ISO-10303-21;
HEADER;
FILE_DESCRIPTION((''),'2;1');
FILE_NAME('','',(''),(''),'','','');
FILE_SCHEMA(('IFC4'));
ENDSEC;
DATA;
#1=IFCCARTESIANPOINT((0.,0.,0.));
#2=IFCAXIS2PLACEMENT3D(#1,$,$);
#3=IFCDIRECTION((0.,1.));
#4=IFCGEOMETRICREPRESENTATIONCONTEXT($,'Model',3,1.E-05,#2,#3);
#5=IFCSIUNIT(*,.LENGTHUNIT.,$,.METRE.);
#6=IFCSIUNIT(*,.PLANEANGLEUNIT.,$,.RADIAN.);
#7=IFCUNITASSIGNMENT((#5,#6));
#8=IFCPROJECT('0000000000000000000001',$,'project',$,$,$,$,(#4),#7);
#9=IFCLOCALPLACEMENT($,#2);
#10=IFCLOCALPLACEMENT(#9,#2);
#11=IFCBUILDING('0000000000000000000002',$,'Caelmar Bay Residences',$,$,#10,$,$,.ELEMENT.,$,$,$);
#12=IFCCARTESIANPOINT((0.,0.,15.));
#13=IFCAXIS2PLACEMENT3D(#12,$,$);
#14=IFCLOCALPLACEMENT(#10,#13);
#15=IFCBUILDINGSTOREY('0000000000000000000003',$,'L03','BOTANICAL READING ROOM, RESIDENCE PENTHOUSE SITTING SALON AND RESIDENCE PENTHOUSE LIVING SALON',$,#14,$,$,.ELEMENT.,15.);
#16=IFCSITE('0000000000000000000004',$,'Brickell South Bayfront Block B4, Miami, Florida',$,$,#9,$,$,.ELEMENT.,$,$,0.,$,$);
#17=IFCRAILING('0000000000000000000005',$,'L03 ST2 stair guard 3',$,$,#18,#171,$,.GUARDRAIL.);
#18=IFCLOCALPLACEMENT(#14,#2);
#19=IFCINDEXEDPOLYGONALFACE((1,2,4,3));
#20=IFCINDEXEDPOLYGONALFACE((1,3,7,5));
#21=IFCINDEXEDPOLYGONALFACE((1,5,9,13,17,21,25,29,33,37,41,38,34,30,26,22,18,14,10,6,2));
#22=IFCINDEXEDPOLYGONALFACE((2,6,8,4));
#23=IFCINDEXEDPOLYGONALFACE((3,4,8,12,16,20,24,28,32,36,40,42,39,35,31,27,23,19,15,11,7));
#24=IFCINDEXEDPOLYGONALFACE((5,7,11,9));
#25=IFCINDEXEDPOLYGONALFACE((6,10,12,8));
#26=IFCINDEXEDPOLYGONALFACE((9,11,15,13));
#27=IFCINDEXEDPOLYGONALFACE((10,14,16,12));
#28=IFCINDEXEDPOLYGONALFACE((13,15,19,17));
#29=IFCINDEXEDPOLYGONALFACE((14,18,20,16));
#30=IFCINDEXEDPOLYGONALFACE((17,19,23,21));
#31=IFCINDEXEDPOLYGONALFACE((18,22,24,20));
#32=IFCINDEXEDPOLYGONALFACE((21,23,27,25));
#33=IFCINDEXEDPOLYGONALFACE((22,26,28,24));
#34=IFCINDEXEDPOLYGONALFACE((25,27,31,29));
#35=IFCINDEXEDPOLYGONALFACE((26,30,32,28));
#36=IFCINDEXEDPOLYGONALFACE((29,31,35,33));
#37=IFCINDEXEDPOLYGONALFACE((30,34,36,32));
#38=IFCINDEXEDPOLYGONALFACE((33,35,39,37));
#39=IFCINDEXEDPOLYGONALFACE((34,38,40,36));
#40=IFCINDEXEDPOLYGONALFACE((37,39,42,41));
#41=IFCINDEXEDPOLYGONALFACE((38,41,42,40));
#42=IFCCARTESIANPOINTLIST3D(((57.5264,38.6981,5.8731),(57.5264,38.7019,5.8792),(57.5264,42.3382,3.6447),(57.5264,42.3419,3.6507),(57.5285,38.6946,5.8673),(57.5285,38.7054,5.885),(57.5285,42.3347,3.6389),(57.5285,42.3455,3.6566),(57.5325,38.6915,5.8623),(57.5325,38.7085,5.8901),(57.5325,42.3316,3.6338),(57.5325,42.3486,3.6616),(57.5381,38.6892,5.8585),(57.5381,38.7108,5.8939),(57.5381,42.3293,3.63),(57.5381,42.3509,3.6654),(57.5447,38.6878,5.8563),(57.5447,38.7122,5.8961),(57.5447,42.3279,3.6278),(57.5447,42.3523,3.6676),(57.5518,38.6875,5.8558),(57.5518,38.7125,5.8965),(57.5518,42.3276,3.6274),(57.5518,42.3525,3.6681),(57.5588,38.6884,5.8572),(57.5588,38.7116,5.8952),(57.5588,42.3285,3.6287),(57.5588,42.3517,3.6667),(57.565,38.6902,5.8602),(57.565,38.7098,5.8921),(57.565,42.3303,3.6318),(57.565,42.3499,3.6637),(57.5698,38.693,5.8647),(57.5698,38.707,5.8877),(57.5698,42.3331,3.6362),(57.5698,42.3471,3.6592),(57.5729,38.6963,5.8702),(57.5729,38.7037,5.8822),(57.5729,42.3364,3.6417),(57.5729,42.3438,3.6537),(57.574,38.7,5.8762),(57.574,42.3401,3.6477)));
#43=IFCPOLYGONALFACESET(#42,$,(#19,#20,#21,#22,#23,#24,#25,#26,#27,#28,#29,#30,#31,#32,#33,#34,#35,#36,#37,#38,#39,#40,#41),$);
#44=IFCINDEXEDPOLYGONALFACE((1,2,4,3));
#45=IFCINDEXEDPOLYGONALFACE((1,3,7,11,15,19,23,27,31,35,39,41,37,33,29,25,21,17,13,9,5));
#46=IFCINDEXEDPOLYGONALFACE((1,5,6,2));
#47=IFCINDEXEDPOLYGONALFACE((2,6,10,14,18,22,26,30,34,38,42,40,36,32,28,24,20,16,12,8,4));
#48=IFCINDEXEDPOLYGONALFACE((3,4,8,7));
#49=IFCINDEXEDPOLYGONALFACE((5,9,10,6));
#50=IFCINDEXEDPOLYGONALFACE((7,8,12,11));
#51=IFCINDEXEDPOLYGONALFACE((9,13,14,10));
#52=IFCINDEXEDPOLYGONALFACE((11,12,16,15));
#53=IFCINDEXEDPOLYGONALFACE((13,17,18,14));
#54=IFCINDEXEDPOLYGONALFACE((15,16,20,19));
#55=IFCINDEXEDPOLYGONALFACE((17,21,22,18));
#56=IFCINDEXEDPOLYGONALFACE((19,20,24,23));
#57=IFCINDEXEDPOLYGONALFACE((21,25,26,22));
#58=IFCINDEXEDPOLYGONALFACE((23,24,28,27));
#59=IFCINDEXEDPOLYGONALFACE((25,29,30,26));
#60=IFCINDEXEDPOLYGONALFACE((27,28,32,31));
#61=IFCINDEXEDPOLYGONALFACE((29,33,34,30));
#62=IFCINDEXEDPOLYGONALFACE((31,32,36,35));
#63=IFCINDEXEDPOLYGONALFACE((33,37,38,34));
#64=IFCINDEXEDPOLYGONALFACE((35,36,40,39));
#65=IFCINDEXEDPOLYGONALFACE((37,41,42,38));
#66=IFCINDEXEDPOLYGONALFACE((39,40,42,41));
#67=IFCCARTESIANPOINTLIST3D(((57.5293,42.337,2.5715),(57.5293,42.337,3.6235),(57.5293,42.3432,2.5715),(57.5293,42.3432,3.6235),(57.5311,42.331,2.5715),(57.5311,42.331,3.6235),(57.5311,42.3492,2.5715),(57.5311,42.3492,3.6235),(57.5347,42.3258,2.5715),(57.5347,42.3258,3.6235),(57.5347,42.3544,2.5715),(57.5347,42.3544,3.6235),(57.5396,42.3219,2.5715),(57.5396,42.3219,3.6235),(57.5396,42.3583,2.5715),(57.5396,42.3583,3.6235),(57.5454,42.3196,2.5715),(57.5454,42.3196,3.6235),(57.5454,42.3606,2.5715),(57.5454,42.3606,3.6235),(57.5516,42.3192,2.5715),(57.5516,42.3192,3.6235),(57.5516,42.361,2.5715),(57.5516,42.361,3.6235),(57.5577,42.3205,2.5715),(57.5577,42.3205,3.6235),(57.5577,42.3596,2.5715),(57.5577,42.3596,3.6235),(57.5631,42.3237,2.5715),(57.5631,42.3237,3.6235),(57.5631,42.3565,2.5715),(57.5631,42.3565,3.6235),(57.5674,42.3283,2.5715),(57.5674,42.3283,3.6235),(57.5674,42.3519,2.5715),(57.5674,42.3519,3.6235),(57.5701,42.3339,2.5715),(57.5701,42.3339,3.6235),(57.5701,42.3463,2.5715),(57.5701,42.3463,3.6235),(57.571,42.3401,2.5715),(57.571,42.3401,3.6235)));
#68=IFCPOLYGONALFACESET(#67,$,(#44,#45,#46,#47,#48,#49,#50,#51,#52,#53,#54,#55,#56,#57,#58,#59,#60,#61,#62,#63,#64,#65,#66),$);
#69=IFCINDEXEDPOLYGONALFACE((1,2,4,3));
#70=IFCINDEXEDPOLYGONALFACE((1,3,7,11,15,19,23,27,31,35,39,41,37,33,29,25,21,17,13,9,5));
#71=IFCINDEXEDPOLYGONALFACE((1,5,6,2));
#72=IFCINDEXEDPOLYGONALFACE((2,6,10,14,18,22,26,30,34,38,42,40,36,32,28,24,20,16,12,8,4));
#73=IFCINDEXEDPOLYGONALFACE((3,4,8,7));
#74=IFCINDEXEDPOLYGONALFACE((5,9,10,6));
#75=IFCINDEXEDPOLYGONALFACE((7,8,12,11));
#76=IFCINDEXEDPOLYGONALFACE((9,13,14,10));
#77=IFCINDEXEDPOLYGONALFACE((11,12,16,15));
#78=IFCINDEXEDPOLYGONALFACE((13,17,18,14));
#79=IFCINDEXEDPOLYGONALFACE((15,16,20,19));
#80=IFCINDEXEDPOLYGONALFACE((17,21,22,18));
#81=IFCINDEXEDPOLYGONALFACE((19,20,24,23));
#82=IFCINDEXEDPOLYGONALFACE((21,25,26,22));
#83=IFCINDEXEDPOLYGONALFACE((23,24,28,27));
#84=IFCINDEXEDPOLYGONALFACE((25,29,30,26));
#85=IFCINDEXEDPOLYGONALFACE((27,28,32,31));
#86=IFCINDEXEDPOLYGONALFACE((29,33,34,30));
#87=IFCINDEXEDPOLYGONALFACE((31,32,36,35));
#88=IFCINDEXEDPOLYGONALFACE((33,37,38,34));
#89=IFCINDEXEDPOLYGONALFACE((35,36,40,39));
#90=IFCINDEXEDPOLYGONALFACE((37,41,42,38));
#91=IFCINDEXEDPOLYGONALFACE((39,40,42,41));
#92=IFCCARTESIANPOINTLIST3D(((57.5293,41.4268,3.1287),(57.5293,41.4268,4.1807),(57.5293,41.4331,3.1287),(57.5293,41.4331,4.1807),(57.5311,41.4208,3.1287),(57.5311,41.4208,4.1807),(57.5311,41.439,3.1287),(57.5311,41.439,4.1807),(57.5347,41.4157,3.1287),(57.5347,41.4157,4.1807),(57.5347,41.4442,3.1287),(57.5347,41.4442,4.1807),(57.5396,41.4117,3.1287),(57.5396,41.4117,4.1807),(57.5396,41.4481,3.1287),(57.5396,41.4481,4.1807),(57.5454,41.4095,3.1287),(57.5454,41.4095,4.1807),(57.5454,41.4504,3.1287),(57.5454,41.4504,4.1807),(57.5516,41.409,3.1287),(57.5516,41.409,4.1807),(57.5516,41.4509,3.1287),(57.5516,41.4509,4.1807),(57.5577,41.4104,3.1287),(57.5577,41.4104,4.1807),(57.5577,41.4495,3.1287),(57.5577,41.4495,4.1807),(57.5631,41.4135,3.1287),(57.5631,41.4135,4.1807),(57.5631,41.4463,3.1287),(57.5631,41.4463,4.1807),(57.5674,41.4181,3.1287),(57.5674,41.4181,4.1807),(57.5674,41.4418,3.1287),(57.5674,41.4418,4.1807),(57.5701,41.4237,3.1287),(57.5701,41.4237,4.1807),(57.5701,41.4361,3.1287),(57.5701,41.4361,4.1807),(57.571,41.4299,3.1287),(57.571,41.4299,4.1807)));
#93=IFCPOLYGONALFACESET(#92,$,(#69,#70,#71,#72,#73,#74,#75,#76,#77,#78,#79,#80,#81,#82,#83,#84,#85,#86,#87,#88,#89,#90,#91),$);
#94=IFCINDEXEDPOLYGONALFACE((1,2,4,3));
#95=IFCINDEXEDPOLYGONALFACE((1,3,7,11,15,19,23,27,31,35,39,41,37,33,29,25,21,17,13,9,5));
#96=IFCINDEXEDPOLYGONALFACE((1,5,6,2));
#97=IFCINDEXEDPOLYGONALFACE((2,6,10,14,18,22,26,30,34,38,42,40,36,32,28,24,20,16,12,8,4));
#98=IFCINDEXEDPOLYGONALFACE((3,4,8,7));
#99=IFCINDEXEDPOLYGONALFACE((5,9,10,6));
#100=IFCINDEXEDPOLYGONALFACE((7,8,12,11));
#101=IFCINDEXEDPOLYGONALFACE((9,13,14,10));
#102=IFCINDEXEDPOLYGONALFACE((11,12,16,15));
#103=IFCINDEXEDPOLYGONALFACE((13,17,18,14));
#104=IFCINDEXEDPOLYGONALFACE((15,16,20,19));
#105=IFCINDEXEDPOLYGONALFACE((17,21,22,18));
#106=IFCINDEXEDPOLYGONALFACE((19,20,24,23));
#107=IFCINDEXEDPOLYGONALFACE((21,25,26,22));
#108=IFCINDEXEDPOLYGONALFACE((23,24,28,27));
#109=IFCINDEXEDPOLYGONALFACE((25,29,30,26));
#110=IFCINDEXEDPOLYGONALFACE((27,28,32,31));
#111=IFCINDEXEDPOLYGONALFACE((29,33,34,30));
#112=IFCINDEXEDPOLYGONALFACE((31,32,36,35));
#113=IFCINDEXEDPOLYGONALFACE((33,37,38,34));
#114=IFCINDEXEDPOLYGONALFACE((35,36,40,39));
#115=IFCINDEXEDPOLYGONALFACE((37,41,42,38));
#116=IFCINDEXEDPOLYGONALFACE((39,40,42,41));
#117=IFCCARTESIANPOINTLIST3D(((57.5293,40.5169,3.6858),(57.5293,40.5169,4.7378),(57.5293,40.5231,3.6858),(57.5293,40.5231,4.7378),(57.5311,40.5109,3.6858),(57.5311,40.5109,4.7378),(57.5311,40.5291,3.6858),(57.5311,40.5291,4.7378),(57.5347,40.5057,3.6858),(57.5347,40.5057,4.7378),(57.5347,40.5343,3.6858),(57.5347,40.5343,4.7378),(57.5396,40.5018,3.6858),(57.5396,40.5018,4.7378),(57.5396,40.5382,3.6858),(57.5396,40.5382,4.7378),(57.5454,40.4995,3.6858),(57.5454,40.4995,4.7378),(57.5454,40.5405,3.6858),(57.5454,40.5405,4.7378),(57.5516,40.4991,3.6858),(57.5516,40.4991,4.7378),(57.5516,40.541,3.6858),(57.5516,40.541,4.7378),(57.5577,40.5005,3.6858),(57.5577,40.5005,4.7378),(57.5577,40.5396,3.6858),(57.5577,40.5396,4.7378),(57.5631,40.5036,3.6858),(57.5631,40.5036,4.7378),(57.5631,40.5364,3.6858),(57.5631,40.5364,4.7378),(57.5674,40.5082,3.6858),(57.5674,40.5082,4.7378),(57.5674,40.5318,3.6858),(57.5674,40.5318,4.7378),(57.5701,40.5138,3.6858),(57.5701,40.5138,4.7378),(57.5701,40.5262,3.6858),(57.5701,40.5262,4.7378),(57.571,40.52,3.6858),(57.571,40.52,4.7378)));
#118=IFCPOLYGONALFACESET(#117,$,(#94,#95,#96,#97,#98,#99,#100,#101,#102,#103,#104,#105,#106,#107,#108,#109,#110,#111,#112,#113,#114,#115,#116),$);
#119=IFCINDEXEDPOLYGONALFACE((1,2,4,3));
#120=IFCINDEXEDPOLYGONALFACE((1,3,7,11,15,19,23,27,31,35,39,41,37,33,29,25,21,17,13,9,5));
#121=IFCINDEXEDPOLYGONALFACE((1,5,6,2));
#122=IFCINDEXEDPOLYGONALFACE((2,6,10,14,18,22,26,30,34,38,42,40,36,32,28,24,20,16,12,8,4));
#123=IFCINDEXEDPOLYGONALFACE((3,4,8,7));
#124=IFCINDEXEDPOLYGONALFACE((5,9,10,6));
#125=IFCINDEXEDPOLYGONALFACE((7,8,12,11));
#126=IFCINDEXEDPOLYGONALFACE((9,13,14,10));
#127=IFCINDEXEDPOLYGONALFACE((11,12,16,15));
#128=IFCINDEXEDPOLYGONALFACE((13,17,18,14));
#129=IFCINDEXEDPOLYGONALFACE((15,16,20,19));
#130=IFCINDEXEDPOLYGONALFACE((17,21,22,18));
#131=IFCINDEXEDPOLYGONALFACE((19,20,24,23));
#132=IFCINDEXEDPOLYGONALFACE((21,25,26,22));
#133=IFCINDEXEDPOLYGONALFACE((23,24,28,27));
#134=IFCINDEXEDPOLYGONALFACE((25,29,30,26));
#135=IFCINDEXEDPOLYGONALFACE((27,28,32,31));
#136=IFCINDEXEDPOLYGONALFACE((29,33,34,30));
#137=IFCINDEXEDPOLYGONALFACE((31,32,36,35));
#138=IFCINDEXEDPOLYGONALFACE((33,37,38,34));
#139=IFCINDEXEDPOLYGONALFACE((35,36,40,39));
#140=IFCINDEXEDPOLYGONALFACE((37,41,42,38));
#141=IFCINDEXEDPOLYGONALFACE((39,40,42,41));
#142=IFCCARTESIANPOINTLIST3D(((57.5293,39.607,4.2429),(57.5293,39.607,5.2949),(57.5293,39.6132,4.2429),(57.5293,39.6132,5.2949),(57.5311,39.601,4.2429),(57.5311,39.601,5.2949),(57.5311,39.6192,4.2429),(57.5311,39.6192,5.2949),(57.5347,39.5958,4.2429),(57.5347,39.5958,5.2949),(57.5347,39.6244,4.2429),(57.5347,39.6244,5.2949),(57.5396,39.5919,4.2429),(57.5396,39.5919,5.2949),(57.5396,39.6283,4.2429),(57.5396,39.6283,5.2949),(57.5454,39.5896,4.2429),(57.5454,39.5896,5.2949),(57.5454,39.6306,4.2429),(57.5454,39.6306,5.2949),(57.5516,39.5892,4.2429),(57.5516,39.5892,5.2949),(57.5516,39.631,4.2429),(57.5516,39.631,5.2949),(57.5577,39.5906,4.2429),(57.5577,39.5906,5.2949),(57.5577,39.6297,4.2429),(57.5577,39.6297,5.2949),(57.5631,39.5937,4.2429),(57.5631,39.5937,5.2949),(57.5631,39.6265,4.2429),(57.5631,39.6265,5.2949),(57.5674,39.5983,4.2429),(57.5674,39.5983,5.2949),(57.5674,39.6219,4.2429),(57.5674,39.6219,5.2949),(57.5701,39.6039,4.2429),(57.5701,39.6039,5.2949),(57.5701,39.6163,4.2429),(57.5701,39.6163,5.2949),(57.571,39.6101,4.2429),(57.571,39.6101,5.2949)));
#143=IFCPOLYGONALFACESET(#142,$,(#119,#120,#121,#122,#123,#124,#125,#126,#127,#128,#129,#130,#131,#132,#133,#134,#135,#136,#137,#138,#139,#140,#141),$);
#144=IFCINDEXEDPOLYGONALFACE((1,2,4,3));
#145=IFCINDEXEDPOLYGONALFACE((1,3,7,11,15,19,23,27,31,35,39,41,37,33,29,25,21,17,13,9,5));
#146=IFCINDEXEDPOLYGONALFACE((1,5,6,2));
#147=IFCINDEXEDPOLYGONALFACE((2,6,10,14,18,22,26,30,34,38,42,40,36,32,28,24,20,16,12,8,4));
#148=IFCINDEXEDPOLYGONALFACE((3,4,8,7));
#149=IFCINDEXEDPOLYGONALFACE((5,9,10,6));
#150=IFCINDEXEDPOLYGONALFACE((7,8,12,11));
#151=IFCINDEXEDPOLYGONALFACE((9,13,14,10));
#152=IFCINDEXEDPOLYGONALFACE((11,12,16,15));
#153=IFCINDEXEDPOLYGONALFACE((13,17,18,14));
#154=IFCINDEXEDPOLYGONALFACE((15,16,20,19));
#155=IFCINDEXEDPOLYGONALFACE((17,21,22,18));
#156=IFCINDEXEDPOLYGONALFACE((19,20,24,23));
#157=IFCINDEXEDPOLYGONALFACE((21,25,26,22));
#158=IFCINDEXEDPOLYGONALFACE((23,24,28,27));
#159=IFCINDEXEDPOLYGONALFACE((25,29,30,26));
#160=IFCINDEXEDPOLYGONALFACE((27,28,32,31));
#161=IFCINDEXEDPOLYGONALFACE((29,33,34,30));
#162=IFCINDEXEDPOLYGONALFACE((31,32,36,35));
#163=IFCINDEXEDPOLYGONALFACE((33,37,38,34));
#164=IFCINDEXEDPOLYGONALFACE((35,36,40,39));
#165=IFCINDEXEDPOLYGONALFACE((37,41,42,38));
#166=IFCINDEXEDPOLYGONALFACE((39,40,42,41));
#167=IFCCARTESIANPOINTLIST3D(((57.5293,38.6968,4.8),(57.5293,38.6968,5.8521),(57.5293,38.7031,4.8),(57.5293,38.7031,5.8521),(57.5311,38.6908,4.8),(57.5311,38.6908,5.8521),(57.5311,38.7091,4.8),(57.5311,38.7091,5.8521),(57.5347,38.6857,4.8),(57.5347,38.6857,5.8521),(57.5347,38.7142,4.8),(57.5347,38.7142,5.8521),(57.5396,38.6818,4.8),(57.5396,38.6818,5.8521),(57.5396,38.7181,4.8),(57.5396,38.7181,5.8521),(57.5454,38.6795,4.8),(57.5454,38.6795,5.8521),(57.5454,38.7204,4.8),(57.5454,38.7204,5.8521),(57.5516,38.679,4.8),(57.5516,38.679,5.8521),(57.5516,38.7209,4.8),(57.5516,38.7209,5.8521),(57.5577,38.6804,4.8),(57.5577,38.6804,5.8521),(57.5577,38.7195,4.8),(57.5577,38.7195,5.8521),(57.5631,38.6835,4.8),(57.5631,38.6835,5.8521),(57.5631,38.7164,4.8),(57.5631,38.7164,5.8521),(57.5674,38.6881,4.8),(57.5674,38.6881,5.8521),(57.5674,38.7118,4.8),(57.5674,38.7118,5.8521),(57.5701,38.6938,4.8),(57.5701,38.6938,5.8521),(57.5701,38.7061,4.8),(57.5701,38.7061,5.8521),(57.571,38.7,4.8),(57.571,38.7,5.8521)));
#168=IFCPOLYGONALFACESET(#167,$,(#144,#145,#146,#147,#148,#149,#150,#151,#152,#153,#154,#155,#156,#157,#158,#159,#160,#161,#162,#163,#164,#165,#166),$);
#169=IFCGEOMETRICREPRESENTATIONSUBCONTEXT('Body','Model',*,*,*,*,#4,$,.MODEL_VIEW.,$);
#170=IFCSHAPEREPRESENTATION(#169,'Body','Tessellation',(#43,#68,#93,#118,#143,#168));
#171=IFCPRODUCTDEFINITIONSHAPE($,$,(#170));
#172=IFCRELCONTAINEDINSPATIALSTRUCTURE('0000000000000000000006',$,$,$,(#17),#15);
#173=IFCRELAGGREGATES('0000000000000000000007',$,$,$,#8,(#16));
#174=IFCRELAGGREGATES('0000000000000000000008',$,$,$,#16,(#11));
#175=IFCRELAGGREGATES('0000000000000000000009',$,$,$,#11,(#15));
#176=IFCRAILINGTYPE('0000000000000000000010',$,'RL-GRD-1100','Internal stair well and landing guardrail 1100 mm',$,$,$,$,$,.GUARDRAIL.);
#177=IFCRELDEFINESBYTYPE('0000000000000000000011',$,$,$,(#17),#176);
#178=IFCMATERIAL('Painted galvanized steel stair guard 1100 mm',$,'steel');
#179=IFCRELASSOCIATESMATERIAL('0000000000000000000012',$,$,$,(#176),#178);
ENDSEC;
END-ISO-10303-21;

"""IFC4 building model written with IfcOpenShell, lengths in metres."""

from ifc_helpers import new_model, si_unit, direction, frame, origin, origin_2d, place, context, subcontext, project, spatial, circle, extrude, material, type_object, element, save


model = new_model("IFC4")

# Units and contexts
model_context = context("Model", 3, precision=1e-05, world=origin(), true_north=direction((0.0, 1.0)))
body_context = subcontext(model_context, "Body", "Model", "MODEL_VIEW")
ifc_project = project(units=[si_unit("LENGTHUNIT", "METRE"), si_unit("PLANEANGLEUNIT", "RADIAN")], contexts=[model_context])

# Site, building, storey
site_placement = place(None, origin())
site = spatial("IfcSite", under=ifc_project, at=site_placement, Name="Brickell South Bayfront Block B4, Miami, Florida", CompositionType="ELEMENT", RefElevation=0.0)
building_placement = place(site_placement, origin())
building = spatial("IfcBuilding", under=site, at=building_placement, Name="Caelmar Bay Residences", CompositionType="ELEMENT")
storey_placement = place(building_placement, frame((0.0, 0.0, 15.0)))
storey = spatial("IfcBuildingStorey", under=building, at=storey_placement, Name="L03", Description="BOTANICAL READING ROOM, RESIDENCE PENTHOUSE SITTING SALON AND RESIDENCE PENTHOUSE LIVING SALON", CompositionType="ELEMENT", Elevation=15.0)

# Railing
ifc_material_1 = material(Name="Painted galvanized steel stair guard 1100 mm", Category="steel")
railing_type_1 = type_object("IfcRailingType", Name="RL-GRD-1100", Description="Internal stair well and landing guardrail 1100 mm", PredefinedType="GUARDRAIL", material=ifc_material_1)
railing_1_placement = place(storey_placement, frame((57.55, 42.3401, 2.5715)))
element("IfcRailing", 1, at=railing_1_placement, inside=storey, type_object=railing_type_1, Name="L03 ST2 stair guard 3", PredefinedType="GUARDRAIL", context=body_context, shape_type="SweptSolid", body=[
    extrude(circle(Radius=0.0239, at=origin_2d()), frame((0.0, 0.0, 1.0762), z_axis=(0.0, -0.852866, 0.52213), x_axis=(1.0, 0.0, 0.0)), (0.0, 0.0, 1.0), 4.2681),
    extrude(circle(Radius=0.021, at=origin_2d()), origin(), (0.0, 0.0, 1.0), 1.052),
    extrude(circle(Radius=0.021, at=origin_2d()), frame((0.0, -0.9102, 0.5571)), (0.0, 0.0, 1.0), 1.052),
    extrude(circle(Radius=0.021, at=origin_2d()), frame((0.0, -1.8201, 1.1143)), (0.0, 0.0, 1.0), 1.052),
    extrude(circle(Radius=0.021, at=origin_2d()), frame((0.0, -2.73, 1.6714)), (0.0, 0.0, 1.0), 1.052),
    extrude(circle(Radius=0.021, at=origin_2d()), frame((0.0, -3.6401, 2.2285)), (0.0, 0.0, 1.0), 1.052),
])

save(model, "model.ifc")
